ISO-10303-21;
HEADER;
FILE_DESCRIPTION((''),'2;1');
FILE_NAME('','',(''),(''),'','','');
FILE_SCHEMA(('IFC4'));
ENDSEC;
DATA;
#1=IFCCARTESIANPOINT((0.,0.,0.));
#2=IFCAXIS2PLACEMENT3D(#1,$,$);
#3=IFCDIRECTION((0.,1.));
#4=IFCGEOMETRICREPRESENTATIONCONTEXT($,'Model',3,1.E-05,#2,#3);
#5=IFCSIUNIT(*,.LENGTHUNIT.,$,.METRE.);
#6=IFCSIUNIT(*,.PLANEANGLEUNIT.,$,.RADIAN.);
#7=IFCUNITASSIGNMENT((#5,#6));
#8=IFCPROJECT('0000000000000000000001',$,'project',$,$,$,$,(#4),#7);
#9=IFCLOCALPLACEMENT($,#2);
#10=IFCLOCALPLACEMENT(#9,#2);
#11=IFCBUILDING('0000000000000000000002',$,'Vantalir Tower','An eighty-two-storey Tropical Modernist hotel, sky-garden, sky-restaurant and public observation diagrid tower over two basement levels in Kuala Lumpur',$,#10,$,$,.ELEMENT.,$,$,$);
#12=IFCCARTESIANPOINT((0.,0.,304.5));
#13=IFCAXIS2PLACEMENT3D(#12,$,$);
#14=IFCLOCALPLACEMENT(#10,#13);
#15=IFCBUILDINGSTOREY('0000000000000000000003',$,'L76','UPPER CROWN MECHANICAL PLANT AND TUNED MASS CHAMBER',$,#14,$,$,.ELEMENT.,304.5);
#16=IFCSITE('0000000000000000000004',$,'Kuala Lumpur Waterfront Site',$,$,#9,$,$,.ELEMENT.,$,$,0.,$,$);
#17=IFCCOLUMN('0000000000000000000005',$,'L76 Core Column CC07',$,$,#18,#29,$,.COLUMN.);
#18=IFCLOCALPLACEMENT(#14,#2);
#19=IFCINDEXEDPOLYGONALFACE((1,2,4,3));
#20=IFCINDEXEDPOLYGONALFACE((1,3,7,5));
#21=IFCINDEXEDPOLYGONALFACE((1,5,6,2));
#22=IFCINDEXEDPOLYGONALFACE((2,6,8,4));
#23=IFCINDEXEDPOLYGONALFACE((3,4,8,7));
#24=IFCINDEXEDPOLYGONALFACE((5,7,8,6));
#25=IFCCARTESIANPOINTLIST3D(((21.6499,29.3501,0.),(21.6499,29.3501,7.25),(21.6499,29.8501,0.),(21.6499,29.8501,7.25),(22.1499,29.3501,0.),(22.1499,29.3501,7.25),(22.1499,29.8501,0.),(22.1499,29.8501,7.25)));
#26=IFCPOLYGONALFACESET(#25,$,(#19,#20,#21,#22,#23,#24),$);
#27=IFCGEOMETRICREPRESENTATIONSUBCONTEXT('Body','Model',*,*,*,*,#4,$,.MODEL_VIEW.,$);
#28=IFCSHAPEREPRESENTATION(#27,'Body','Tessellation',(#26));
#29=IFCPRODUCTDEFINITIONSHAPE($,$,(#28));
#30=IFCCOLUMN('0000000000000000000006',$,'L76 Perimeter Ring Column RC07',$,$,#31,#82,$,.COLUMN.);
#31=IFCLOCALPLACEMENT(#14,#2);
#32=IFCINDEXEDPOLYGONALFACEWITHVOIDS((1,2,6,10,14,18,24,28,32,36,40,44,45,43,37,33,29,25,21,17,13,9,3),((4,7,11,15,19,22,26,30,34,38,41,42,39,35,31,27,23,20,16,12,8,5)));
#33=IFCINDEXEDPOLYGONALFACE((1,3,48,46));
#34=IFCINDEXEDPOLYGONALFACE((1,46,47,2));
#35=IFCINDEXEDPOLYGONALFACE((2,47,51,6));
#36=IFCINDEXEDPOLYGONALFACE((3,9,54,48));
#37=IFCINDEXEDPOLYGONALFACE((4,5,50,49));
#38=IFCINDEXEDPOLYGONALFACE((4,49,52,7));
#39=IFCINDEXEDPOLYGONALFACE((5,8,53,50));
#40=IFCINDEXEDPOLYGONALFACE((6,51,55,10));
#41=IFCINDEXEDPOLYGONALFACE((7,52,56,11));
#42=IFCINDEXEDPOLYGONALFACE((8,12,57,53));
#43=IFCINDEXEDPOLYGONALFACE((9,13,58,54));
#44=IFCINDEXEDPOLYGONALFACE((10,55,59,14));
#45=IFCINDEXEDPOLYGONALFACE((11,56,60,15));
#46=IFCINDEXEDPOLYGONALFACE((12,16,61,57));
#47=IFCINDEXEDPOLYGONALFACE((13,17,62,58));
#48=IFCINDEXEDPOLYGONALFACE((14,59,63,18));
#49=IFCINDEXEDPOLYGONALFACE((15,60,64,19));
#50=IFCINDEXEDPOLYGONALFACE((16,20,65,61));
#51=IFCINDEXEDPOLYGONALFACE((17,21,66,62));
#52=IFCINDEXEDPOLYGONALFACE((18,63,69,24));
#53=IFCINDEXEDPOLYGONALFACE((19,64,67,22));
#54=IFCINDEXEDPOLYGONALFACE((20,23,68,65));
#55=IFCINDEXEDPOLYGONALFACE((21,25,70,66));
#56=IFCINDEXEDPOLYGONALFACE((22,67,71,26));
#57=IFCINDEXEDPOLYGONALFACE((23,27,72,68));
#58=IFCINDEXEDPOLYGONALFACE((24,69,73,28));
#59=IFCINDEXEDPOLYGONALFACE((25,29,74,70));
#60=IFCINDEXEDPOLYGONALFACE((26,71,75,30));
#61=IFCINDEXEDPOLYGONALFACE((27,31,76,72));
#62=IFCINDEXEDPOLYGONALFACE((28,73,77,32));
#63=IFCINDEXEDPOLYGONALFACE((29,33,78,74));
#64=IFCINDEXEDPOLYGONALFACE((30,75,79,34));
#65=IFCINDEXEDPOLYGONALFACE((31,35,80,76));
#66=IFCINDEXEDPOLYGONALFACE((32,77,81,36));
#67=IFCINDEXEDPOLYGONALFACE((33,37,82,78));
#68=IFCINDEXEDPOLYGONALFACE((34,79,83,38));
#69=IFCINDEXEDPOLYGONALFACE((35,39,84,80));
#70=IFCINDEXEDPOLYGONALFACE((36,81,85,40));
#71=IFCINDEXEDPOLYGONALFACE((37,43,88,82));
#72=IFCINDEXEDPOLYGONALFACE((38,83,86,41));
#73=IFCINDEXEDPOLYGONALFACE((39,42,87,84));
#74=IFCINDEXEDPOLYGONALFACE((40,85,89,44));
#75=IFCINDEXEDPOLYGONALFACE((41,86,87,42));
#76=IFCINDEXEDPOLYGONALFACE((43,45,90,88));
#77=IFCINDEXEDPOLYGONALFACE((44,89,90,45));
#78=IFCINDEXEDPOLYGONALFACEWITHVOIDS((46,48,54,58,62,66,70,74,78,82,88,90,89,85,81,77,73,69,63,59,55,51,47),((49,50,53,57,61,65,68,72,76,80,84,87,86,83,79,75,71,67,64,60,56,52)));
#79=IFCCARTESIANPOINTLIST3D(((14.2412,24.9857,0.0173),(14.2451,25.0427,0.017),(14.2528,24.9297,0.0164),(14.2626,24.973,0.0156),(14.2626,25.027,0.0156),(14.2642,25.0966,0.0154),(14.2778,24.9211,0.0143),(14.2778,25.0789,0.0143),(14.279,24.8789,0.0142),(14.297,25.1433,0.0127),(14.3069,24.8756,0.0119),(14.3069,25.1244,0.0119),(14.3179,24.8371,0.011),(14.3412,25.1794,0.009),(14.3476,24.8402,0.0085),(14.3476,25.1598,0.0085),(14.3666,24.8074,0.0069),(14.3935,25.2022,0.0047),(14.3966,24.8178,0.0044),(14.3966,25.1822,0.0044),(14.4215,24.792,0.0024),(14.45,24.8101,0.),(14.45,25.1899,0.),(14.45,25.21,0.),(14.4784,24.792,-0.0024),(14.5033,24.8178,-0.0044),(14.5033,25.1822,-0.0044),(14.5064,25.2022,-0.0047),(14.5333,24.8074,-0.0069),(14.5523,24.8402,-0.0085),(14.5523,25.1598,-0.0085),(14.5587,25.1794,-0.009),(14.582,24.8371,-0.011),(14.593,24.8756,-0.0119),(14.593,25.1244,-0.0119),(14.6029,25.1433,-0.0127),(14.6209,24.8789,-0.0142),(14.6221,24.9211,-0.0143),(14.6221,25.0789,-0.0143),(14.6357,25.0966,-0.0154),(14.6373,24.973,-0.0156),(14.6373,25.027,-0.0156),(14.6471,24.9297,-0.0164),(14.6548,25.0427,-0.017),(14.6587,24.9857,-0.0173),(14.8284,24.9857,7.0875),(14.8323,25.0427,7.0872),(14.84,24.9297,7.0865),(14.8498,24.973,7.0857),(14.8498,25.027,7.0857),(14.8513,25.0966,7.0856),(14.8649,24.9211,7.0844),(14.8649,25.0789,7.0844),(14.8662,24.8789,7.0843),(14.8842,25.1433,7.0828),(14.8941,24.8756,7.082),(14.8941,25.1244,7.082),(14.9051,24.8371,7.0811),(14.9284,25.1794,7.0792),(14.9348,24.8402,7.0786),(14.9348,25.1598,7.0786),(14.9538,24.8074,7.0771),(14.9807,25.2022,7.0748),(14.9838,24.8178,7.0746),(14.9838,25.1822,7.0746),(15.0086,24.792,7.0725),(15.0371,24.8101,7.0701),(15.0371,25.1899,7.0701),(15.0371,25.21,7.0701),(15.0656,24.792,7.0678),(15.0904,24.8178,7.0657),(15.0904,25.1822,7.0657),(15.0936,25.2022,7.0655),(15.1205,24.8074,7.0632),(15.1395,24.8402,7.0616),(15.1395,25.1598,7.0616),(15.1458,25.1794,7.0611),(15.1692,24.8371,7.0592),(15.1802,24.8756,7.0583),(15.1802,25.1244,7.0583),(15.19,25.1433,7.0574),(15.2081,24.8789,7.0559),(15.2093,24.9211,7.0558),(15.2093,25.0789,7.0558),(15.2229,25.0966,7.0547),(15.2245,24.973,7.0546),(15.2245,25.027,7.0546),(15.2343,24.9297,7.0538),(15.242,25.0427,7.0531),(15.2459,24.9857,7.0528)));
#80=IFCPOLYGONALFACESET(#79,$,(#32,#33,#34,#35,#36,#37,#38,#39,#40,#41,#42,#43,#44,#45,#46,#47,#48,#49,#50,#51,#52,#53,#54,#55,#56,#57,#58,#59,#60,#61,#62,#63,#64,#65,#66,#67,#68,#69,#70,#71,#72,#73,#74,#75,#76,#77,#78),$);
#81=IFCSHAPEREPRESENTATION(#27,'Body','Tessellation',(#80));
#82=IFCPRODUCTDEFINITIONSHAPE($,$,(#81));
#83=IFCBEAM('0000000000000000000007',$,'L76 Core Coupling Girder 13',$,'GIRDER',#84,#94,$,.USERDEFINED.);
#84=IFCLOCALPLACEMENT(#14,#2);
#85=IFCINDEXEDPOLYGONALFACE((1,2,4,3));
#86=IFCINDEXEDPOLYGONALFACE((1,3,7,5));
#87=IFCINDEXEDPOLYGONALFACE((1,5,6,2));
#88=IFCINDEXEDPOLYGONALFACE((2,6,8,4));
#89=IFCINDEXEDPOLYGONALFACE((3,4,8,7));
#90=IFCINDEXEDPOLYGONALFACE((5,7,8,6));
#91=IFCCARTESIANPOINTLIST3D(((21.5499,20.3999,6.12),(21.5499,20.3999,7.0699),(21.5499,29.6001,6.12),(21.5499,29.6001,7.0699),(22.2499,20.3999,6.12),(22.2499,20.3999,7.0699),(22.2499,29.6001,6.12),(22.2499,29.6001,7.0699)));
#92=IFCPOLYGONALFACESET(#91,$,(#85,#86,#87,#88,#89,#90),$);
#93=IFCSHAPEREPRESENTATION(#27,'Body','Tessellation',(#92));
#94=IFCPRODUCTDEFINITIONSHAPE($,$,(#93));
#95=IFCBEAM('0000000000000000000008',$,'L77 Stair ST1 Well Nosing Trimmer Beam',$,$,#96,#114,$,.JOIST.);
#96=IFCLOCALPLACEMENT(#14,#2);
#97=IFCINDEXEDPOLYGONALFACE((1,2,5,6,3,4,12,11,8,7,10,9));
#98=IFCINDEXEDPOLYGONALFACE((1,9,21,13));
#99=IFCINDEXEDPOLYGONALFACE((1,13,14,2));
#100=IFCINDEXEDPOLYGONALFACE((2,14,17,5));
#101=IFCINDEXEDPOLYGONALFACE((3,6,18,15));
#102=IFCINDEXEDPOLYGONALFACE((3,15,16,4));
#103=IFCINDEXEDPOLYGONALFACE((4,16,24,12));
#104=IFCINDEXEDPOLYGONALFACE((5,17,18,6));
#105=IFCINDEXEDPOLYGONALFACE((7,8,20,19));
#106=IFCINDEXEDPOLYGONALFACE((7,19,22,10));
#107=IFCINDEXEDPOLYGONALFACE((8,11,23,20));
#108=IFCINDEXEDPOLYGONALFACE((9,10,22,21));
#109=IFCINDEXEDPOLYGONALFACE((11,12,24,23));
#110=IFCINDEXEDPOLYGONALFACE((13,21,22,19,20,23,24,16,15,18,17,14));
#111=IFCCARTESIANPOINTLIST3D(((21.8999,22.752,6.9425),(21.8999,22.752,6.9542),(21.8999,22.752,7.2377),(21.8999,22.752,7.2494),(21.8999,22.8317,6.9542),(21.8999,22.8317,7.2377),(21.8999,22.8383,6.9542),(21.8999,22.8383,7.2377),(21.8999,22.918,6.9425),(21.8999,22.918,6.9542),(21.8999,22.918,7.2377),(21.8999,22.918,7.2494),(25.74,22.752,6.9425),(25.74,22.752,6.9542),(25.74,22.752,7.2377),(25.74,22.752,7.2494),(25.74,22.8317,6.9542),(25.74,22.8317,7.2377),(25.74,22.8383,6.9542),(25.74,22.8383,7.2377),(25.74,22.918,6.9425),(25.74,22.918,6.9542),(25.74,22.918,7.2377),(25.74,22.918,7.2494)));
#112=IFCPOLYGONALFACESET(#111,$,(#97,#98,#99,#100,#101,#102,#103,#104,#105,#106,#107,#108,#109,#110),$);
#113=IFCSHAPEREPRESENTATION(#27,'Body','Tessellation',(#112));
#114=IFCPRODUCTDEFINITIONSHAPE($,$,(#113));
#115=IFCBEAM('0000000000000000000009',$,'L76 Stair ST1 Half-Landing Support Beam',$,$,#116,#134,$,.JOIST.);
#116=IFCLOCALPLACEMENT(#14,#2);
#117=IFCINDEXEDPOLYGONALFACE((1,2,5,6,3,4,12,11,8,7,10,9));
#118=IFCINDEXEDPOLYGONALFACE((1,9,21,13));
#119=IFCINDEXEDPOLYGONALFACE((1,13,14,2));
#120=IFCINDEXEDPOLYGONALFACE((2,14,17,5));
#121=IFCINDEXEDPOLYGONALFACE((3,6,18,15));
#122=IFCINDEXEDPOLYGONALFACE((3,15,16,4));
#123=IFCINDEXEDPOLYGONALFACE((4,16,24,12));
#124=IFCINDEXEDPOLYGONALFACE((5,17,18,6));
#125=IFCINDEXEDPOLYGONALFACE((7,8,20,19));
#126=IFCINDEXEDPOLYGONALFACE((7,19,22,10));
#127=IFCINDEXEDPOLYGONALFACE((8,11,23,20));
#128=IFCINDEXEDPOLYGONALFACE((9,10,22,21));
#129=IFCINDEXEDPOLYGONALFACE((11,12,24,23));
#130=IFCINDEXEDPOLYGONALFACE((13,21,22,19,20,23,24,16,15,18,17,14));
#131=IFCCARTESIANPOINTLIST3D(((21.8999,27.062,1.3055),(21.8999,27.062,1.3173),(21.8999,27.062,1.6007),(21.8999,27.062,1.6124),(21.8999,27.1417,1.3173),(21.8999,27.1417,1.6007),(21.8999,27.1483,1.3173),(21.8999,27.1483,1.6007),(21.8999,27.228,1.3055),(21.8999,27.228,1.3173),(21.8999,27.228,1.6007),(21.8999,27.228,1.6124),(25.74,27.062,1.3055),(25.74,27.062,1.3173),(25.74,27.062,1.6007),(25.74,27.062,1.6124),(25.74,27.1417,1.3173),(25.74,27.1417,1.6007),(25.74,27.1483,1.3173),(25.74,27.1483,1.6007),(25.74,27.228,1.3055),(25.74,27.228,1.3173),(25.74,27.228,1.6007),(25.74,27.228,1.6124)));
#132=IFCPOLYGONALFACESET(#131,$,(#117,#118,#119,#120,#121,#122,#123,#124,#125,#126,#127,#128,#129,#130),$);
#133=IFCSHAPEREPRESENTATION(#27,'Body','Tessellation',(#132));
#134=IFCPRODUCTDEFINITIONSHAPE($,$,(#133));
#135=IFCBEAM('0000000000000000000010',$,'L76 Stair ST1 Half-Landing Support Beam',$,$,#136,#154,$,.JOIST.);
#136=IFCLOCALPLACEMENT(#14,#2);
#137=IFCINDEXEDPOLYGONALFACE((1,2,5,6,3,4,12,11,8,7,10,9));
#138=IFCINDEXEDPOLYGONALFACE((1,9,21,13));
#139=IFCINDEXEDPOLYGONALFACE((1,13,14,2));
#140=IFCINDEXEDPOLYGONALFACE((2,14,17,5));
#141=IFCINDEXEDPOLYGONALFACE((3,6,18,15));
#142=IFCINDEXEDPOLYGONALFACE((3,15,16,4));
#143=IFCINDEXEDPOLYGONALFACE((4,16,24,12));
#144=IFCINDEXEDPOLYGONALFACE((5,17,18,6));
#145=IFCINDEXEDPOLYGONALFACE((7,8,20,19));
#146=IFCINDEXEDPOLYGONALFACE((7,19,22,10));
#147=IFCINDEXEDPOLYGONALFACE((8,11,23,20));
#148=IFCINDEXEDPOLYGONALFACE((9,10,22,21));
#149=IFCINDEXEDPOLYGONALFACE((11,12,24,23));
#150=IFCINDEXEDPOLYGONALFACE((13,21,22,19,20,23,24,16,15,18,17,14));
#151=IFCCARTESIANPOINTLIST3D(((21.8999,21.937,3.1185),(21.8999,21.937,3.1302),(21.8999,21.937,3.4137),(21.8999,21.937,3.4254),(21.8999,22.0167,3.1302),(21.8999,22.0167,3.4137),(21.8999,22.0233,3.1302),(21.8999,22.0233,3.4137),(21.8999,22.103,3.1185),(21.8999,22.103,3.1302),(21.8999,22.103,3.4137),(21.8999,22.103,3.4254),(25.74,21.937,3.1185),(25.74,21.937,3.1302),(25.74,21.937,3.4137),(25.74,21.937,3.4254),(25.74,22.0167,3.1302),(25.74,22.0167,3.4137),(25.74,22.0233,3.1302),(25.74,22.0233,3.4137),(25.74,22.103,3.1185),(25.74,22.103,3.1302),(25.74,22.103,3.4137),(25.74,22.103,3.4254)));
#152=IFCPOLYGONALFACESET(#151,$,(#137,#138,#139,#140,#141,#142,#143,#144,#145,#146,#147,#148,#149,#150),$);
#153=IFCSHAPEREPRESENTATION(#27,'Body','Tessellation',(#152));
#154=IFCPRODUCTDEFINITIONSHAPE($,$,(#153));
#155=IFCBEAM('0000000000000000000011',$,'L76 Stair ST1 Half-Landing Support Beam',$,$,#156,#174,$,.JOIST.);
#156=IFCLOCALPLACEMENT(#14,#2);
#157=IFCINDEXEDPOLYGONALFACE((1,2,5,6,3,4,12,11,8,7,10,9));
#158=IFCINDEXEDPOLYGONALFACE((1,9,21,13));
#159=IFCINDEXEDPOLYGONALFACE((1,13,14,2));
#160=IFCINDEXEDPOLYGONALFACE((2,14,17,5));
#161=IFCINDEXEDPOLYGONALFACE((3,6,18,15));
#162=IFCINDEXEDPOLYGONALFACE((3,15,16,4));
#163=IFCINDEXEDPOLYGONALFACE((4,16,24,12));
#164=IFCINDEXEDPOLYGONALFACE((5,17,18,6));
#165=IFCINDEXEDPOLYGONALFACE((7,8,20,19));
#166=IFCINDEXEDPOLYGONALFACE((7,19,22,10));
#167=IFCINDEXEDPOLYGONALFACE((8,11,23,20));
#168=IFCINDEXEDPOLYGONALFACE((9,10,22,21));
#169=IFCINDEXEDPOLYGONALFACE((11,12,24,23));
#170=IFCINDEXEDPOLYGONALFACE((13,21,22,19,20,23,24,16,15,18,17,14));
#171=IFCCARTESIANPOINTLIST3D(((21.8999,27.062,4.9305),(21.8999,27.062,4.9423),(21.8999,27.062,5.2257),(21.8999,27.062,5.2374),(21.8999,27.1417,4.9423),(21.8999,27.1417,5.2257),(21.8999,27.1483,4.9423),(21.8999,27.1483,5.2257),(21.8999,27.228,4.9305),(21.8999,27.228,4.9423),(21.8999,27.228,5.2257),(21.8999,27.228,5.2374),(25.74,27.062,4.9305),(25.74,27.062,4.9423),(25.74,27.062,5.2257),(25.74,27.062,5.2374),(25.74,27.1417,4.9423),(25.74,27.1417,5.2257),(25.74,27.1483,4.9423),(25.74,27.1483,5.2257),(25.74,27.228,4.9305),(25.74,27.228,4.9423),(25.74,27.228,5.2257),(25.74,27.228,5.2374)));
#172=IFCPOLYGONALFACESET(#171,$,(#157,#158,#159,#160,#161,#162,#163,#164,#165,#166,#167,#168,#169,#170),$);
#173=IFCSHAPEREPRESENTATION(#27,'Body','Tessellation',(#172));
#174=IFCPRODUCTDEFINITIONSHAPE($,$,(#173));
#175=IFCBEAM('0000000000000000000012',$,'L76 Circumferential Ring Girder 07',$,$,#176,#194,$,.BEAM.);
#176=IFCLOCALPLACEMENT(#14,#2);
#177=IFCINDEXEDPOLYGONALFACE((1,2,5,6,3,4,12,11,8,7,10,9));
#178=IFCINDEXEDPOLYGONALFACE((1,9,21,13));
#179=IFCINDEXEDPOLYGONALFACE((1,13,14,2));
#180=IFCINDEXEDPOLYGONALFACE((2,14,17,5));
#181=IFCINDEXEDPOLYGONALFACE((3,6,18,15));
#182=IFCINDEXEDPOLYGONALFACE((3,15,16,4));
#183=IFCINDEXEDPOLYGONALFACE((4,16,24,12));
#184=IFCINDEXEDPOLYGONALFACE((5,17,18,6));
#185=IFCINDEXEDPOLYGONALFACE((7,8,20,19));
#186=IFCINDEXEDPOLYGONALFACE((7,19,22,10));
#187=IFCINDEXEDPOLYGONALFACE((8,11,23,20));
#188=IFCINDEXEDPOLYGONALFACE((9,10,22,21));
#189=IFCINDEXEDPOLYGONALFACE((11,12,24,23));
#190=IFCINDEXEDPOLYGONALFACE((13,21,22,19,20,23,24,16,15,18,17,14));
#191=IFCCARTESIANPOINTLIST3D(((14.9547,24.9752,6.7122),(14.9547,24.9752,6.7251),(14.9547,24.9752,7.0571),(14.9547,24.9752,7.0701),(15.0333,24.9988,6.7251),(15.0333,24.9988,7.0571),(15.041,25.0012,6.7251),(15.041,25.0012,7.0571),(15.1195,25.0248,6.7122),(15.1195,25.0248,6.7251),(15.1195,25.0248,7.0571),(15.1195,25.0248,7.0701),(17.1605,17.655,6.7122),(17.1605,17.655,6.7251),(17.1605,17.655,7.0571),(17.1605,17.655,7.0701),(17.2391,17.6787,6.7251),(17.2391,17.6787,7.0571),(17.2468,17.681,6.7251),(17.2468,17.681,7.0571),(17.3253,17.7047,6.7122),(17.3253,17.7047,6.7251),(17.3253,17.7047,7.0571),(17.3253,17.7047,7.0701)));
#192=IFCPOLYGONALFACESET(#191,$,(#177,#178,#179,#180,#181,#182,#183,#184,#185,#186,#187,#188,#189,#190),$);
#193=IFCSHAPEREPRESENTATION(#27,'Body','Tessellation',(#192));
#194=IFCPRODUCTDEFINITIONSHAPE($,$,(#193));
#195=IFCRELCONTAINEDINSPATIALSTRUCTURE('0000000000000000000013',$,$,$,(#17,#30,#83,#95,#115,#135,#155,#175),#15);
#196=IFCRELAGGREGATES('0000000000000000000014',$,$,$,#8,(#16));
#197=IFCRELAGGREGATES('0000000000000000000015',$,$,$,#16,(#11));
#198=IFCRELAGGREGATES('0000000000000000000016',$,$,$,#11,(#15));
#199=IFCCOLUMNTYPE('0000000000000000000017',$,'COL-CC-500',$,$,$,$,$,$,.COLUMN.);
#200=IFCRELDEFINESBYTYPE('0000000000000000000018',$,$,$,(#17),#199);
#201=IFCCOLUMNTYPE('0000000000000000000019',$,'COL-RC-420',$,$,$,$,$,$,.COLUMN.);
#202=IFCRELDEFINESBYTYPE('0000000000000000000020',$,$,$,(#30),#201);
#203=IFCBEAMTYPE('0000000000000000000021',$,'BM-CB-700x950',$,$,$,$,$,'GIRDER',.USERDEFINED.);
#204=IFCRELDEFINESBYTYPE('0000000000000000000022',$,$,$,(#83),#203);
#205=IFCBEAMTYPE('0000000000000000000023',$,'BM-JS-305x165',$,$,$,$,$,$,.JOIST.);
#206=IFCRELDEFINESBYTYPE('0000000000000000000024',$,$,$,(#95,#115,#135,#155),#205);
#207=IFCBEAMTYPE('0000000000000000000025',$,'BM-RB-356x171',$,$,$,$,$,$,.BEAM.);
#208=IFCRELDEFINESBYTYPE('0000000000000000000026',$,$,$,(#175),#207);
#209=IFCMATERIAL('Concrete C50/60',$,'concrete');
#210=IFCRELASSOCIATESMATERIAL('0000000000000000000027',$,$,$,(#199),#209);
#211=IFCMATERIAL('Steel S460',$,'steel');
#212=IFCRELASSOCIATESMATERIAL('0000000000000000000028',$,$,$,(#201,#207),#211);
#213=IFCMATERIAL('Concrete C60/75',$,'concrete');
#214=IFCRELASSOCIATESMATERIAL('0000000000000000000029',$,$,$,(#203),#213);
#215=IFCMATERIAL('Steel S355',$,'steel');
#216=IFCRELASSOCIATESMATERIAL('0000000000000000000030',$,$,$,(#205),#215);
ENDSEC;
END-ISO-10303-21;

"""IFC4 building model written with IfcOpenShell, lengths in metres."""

from ifc_helpers import new_model, si_unit, direction, frame, origin, origin_2d, place, context, subcontext, project, spatial, rectangle, hollow_circle, i_section, extrude, material, material_profile, profile_set, type_object, element, save


model = new_model("IFC4")

# Units and contexts
model_context = context("Model", 3, precision=1e-05, world=origin(), true_north=direction((0.0, 1.0)))
body_context = subcontext(model_context, "Body", "Model", "MODEL_VIEW")
ifc_project = project(units=[si_unit("LENGTHUNIT", "METRE"), si_unit("PLANEANGLEUNIT", "RADIAN")], contexts=[model_context])

# Site, building, storey
site_placement = place(None, origin())
site = spatial("IfcSite", under=ifc_project, at=site_placement, Name="Kuala Lumpur Waterfront Site", CompositionType="ELEMENT", RefElevation=0.0)
building_placement = place(site_placement, origin())
building = spatial("IfcBuilding", under=site, at=building_placement, Name="Vantalir Tower", Description="An eighty-two-storey Tropical Modernist hotel, sky-garden, sky-restaurant and public observation diagrid tower over two basement levels in Kuala Lumpur", CompositionType="ELEMENT")
storey_placement = place(building_placement, frame((0.0, 0.0, 304.5)))
storey = spatial("IfcBuildingStorey", under=building, at=storey_placement, Name="L76", Description="UPPER CROWN MECHANICAL PLANT AND TUNED MASS CHAMBER", CompositionType="ELEMENT", Elevation=304.5)

# Columns
ifc_material_1 = material(Name="Concrete C50/60", Category="concrete")
ifc_material_profile_1 = material_profile(ifc_material_1, rectangle(XDim=0.5, YDim=0.5, at=origin_2d()), Name="Concrete C50/60")
ifc_profile_set_1 = profile_set([ifc_material_profile_1], Name="Concrete C50/60")
column_type_1 = type_object("IfcColumnType", Name="COL-CC-500", PredefinedType="COLUMN", material=ifc_profile_set_1)
column_1_placement = place(storey_placement, frame((21.8999, 29.6001, 0.0), z_axis=(0.0, 0.0, 1.0), x_axis=(1.0, 0.0, 0.0)))
element("IfcColumn", 1, at=column_1_placement, inside=storey, type_object=column_type_1, Name="L76 Core Column CC07", PredefinedType="COLUMN", context=body_context, shape_type="SweptSolid", body=[
    extrude(rectangle(XDim=0.5, YDim=0.5, at=origin_2d()), origin(), (0.0, 0.0, 1.0), 7.25),
])
ifc_material_2 = material(Name="Steel S460", Category="steel")
ifc_material_profile_2 = material_profile(ifc_material_2, hollow_circle(Radius=0.21, WallThickness=0.02, at=origin_2d()), Name="Steel S460")
ifc_profile_set_2 = profile_set([ifc_material_profile_2], Name="Steel S460")
column_type_2 = type_object("IfcColumnType", Name="COL-RC-420", PredefinedType="COLUMN", material=ifc_profile_set_2)
column_2_placement = place(storey_placement, frame((14.45, 25.0, 0.0), z_axis=(0.082764, 0.0, 0.996569), x_axis=(0.0, 1.0, 0.0)))
element("IfcColumn", 2, at=column_2_placement, inside=storey, type_object=column_type_2, Name="L76 Perimeter Ring Column RC07", PredefinedType="COLUMN", context=body_context, shape_type="SweptSolid", body=[
    extrude(hollow_circle(Radius=0.21, WallThickness=0.02, at=origin_2d()), origin(), (0.0, 0.0, 1.0), 7.0945),
])

# Beams
ifc_material_3 = material(Name="Concrete C60/75", Category="concrete")
ifc_material_profile_3 = material_profile(ifc_material_3, rectangle(XDim=0.7, YDim=0.95, at=origin_2d()), Name="Concrete C60/75")
ifc_profile_set_3 = profile_set([ifc_material_profile_3], Name="Concrete C60/75")
beam_type_1 = type_object("IfcBeamType", Name="BM-CB-700x950", ElementType="GIRDER", PredefinedType="USERDEFINED", material=ifc_profile_set_3)
beam_1_placement = place(storey_placement, frame((21.8999, 29.6001, 6.595), z_axis=(0.0, -1.0, 0.0), x_axis=(1.0, 0.0, 0.0)))
element("IfcBeam", 3, at=beam_1_placement, inside=storey, type_object=beam_type_1, Name="L76 Core Coupling Girder 13", ObjectType="GIRDER", PredefinedType="USERDEFINED", context=body_context, shape_type="SweptSolid", body=[
    extrude(rectangle(XDim=0.7, YDim=0.95, at=origin_2d()), origin(), (0.0, 0.0, 1.0), 9.2002),
])
ifc_material_4 = material(Name="Steel S355", Category="steel")
ifc_material_profile_4 = material_profile(ifc_material_4, i_section(OverallWidth=0.166, OverallDepth=0.3069, WebThickness=0.0066, FlangeThickness=0.0117, at=origin_2d()), Name="Steel S355")
ifc_profile_set_4 = profile_set([ifc_material_profile_4], Name="Steel S355")
beam_type_2 = type_object("IfcBeamType", Name="BM-JS-305x165", PredefinedType="JOIST", material=ifc_profile_set_4)
for number, where, z_axis, x_axis, name in (
    (4, (21.8999, 22.835, 7.0959), (1.0, 0.0, 0.0), (0.0, 1.0, 0.0), "L77 Stair ST1 Well Nosing Trimmer Beam"),
    (5, (21.8999, 27.145, 1.459), (1.0, 0.0, 0.0), (0.0, 1.0, 0.0), "L76 Stair ST1 Half-Landing Support Beam"),
    (6, (21.8999, 22.02, 3.272), (1.0, 0.0, 0.0), (0.0, 1.0, 0.0), "L76 Stair ST1 Half-Landing Support Beam"),
    (7, (21.8999, 27.145, 5.084), (1.0, 0.0, 0.0), (0.0, 1.0, 0.0), "L76 Stair ST1 Half-Landing Support Beam"),
):
    element("IfcBeam", number, at=place(storey_placement, frame(where, z_axis=z_axis, x_axis=x_axis)), inside=storey, type_object=beam_type_2, Name=name, PredefinedType="JOIST", context=body_context, shape_type="SweptSolid", body=[
        extrude(i_section(OverallWidth=0.166, OverallDepth=0.3069, WebThickness=0.0066, FlangeThickness=0.0117, at=origin_2d()), origin(), (0.0, 0.0, 1.0), 3.8401),
    ])
ifc_material_profile_5 = material_profile(ifc_material_2, i_section(OverallWidth=0.1721, OverallDepth=0.3579, WebThickness=0.0081, FlangeThickness=0.0129, at=origin_2d()), Name="Steel S460")
ifc_profile_set_5 = profile_set([ifc_material_profile_5], Name="Steel S460")
beam_type_3 = type_object("IfcBeamType", Name="BM-RB-356x171", PredefinedType="BEAM", material=ifc_profile_set_5)
beam_2_placement = place(storey_placement, frame((15.0371, 25.0, 6.8911), z_axis=(0.288522, -0.957473, 0.0), x_axis=(0.957473, 0.288522, 0.0)))
element("IfcBeam", 8, at=beam_2_placement, inside=storey, type_object=beam_type_3, Name="L76 Circumferential Ring Girder 07", PredefinedType="BEAM", context=body_context, shape_type="SweptSolid", body=[
    extrude(i_section(OverallWidth=0.1721, OverallDepth=0.3579, WebThickness=0.0081, FlangeThickness=0.0129, at=origin_2d()), origin(), (0.0, 0.0, 1.0), 7.6453),
])

save(model, "model.ifc")
